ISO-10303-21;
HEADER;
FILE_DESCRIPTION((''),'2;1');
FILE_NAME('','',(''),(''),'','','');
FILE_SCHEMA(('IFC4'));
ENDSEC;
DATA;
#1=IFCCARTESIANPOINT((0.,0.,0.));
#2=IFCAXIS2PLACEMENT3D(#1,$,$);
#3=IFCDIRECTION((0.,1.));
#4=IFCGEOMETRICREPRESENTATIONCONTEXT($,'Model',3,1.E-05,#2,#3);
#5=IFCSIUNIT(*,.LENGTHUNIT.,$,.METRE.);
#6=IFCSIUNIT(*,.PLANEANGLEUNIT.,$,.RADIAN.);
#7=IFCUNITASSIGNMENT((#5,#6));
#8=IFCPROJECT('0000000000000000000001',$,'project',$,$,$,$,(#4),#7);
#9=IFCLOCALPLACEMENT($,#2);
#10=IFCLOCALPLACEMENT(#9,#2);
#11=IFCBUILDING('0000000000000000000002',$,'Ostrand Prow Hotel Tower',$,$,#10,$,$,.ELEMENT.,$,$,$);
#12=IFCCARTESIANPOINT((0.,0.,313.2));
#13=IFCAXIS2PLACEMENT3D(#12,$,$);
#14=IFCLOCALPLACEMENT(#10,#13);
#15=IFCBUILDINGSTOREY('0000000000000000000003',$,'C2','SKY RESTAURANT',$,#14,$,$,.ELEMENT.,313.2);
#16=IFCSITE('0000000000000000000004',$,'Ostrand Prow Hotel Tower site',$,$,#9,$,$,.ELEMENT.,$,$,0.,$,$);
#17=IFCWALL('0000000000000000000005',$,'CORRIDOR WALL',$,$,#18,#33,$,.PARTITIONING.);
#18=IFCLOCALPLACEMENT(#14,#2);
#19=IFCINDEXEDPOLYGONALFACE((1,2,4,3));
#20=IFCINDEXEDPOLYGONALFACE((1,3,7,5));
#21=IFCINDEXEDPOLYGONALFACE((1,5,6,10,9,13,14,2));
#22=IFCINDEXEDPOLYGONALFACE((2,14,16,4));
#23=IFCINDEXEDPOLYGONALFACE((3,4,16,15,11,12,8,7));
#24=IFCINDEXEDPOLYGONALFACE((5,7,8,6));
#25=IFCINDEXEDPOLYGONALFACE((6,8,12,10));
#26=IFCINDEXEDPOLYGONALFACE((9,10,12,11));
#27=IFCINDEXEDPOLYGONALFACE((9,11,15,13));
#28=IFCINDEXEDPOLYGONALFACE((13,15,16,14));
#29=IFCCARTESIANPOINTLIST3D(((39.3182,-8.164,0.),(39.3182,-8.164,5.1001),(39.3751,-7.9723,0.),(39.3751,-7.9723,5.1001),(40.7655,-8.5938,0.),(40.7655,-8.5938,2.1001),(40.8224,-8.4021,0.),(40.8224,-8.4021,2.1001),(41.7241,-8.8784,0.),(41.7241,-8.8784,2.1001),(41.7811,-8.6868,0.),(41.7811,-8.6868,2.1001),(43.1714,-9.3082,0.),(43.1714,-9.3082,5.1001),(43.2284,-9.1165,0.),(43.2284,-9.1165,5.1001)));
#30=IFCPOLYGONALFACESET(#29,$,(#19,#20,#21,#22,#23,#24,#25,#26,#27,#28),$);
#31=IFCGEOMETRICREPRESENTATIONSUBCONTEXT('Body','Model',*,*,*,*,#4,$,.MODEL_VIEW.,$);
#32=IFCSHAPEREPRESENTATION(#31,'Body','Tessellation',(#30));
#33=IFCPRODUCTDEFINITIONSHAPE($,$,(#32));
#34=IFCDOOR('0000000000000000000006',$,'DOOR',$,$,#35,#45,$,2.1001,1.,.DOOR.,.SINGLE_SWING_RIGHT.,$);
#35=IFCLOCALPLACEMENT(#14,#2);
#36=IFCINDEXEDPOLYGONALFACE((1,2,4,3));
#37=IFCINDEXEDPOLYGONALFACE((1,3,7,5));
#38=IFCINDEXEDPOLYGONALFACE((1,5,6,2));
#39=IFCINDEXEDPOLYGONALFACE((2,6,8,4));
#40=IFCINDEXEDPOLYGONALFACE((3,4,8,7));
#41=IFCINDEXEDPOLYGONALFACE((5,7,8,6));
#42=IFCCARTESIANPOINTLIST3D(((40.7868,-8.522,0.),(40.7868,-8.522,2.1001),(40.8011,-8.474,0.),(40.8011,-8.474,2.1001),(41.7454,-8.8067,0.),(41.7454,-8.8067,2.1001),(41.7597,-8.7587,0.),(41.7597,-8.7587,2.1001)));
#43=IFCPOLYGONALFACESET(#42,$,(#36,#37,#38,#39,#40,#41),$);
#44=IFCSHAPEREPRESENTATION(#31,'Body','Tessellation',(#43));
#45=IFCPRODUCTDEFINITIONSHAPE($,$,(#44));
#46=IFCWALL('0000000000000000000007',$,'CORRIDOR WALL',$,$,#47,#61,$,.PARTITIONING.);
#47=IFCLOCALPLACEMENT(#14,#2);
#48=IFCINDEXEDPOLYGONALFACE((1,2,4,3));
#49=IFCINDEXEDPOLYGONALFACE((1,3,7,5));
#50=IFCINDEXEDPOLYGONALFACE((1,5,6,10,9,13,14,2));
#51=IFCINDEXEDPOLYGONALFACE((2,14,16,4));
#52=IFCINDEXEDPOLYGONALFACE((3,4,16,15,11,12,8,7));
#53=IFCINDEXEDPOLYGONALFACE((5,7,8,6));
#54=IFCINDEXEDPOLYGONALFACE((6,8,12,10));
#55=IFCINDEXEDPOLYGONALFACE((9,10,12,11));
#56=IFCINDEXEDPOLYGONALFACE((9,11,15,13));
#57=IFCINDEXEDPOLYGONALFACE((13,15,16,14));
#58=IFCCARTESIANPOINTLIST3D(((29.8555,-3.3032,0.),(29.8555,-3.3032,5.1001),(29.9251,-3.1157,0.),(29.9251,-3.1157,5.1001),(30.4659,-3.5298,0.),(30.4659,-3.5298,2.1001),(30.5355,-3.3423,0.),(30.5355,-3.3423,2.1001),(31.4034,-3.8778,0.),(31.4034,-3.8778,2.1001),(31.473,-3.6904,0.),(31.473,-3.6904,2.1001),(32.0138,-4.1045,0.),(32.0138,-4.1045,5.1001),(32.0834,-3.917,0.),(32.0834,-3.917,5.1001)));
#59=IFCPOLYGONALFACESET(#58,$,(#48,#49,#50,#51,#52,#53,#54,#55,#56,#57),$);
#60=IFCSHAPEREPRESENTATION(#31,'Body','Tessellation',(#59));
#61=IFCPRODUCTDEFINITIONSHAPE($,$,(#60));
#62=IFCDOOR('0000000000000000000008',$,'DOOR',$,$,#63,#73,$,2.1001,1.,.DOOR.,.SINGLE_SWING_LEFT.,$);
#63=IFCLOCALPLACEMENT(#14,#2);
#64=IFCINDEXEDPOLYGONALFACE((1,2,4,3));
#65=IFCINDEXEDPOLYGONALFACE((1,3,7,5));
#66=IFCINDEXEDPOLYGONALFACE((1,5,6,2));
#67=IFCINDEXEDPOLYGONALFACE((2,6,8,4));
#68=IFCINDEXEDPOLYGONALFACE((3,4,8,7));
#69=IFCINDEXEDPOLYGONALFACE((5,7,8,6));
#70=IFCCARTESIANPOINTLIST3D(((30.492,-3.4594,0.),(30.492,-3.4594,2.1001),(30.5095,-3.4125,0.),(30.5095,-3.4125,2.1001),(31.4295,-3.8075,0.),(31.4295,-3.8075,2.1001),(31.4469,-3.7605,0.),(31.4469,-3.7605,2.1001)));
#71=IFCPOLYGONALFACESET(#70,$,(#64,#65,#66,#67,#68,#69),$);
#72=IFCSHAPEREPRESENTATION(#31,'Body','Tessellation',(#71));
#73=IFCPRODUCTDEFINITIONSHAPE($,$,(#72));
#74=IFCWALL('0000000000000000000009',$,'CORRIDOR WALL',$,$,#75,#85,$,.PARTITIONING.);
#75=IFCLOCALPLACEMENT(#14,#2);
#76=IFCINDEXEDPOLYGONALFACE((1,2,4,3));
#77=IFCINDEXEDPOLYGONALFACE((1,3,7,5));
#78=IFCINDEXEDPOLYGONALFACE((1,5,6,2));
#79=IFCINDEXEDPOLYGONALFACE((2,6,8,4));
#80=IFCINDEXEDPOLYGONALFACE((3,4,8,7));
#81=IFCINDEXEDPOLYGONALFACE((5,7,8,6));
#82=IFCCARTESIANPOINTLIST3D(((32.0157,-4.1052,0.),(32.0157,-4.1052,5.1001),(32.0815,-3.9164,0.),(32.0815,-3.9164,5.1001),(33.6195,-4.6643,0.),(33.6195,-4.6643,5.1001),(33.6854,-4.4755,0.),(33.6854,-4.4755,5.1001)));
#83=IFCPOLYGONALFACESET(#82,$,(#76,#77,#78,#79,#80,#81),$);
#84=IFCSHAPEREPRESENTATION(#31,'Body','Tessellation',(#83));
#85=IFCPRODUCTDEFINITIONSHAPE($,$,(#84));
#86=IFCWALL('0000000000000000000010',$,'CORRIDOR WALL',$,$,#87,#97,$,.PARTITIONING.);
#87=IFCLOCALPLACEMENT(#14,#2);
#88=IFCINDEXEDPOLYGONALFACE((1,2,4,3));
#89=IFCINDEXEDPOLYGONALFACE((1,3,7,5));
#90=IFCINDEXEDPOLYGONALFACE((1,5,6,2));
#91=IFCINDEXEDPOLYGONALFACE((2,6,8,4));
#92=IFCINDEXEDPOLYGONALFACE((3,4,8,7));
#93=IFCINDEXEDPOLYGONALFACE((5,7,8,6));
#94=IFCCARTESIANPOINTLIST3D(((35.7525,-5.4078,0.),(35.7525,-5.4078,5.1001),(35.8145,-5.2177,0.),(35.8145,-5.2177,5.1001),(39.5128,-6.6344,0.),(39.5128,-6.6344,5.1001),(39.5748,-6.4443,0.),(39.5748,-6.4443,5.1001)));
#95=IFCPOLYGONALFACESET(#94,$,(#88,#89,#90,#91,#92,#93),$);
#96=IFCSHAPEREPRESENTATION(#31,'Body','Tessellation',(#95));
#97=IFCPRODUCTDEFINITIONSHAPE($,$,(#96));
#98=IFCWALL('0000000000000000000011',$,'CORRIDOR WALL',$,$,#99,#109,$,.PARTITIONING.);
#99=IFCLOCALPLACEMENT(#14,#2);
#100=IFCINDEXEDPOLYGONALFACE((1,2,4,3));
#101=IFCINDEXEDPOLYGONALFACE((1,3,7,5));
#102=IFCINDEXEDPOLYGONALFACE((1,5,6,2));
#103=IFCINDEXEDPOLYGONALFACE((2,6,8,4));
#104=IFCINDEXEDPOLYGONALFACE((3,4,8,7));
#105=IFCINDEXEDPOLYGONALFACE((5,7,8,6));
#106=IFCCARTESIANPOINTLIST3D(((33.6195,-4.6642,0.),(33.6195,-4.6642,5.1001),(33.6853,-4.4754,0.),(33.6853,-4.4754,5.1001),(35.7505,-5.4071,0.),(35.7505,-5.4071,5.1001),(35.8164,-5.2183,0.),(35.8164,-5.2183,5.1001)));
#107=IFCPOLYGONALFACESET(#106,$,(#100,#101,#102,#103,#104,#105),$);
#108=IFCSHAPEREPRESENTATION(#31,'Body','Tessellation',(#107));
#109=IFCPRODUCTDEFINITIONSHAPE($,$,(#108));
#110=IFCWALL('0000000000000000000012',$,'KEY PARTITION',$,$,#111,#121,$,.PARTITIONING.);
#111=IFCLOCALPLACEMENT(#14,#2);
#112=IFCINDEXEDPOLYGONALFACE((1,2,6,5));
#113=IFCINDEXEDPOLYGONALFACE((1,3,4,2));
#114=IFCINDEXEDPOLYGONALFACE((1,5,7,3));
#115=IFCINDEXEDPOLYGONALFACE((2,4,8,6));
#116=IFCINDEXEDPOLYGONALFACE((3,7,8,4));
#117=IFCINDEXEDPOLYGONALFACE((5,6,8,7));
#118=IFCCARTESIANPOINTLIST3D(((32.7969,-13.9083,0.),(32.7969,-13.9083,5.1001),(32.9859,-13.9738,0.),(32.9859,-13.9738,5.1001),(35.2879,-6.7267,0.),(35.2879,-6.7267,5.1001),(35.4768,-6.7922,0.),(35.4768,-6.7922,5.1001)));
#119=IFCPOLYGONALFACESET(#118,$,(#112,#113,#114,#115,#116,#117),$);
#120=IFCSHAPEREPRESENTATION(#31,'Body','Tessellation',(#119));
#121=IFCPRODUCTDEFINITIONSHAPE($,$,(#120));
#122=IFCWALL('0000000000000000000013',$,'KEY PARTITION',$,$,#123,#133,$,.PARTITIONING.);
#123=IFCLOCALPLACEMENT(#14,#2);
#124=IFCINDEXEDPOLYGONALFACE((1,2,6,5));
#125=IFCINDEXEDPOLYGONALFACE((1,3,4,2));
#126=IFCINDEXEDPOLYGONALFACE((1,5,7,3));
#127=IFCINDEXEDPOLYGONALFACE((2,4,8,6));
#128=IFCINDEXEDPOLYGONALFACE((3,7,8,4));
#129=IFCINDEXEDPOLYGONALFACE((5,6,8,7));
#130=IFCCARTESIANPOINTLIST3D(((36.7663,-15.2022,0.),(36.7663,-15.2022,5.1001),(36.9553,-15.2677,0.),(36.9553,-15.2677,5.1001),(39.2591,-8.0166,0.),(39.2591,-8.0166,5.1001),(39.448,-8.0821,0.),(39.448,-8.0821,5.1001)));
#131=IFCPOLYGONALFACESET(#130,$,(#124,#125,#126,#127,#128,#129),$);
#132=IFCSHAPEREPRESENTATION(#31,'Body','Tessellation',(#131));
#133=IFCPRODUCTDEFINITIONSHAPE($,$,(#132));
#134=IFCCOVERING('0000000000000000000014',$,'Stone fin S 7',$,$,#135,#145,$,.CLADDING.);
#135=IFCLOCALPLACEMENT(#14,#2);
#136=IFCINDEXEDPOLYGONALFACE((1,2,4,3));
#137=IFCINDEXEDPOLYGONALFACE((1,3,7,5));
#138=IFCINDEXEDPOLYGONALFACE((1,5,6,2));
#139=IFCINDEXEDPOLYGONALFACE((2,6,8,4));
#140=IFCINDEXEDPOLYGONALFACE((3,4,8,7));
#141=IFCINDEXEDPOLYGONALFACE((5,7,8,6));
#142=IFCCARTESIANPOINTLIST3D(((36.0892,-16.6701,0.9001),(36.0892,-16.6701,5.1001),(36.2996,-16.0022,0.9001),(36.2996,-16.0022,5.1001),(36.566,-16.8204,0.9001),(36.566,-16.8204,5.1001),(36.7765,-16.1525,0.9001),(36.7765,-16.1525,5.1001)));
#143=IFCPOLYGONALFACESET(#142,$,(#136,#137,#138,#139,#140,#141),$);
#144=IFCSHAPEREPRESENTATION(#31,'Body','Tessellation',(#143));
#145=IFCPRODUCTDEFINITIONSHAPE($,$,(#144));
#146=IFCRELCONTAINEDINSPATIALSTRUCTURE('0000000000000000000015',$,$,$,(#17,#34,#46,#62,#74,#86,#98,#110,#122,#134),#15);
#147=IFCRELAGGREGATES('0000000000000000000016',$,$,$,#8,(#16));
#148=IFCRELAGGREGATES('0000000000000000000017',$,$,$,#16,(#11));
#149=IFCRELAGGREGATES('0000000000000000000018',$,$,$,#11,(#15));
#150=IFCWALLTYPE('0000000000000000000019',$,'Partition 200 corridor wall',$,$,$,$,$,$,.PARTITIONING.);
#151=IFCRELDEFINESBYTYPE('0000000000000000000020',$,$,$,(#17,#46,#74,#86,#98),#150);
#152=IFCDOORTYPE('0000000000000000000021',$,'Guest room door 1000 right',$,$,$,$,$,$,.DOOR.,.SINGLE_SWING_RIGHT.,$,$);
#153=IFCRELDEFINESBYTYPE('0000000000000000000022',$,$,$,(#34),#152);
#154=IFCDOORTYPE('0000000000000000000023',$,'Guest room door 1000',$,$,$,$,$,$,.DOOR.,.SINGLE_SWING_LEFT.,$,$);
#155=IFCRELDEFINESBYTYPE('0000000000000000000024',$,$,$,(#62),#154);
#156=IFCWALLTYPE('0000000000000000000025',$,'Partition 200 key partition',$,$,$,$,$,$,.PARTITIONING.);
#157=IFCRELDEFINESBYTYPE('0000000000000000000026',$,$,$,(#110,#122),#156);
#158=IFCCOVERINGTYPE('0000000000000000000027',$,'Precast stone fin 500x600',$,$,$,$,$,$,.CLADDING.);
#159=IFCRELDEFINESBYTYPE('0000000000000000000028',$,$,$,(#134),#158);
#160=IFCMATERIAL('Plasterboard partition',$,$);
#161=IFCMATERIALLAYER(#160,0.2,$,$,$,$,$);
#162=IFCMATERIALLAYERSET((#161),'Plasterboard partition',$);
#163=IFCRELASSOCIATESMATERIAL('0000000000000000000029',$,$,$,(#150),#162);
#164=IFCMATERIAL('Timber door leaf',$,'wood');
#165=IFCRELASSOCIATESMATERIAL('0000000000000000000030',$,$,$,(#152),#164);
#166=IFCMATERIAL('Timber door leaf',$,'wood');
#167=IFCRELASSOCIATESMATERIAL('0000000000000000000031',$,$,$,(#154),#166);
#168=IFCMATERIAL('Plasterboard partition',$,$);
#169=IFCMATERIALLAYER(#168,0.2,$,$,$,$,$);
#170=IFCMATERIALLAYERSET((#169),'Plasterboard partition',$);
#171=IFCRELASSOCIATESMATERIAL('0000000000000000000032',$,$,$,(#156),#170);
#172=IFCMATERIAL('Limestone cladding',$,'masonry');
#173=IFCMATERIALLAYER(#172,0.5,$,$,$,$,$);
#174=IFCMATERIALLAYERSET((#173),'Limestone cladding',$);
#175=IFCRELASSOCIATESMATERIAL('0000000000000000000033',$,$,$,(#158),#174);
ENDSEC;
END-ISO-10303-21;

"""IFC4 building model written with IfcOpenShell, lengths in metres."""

from ifc_helpers import new_model, si_unit, direction, frame, frame_2d, origin, place, context, subcontext, project, spatial, rectangle, extrude, material, layer, layer_set, type_object, element, fill, save


model = new_model("IFC4")

# Units and contexts
model_context = context("Model", 3, precision=1e-05, world=origin(), true_north=direction((0.0, 1.0)))
body_context = subcontext(model_context, "Body", "Model", "MODEL_VIEW")
ifc_project = project(units=[si_unit("LENGTHUNIT", "METRE"), si_unit("PLANEANGLEUNIT", "RADIAN")], contexts=[model_context])

# Site, building, storey
site_placement = place(None, origin())
site = spatial("IfcSite", under=ifc_project, at=site_placement, Name="Ostrand Prow Hotel Tower site", CompositionType="ELEMENT", RefElevation=0.0)
building_placement = place(site_placement, origin())
building = spatial("IfcBuilding", under=site, at=building_placement, Name="Ostrand Prow Hotel Tower", CompositionType="ELEMENT")
storey_placement = place(building_placement, frame((0.0, 0.0, 313.2)))
storey = spatial("IfcBuildingStorey", under=building, at=storey_placement, Name="C2", Description="SKY RESTAURANT", CompositionType="ELEMENT", Elevation=313.2)

# Walls, openings, doors
ifc_material_1 = material(Name="Plasterboard partition")
ifc_layer_1 = layer(ifc_material_1, 0.2)
ifc_layer_set_1 = layer_set([ifc_layer_1], Name="Plasterboard partition")
wall_type_1 = type_object("IfcWallType", Name="Partition 200 corridor wall", PredefinedType="PARTITIONING", material=ifc_layer_set_1)
wall_1_placement = place(storey_placement, frame((39.3467, -8.0681, 0.0), z_axis=(0.0, 0.0, 1.0), x_axis=(0.958623, -0.284678, 0.0)))
wall_1 = element("IfcWall", 1, at=wall_1_placement, inside=storey, type_object=wall_type_1, Name="CORRIDOR WALL", PredefinedType="PARTITIONING", context=body_context, shape_type="SweptSolid", body=[
    extrude(rectangle(XDim=4.0195, YDim=0.2, at=frame_2d((2.0098, 0.0))), origin(), (0.0, 0.0, 1.0), 5.1001),
])
opening_1_placement = place(wall_1_placement, frame((1.5098, 0.0, 0.0)))
opening_1 = element("IfcOpeningElement", 2, at=opening_1_placement, cuts=wall_1, PredefinedType="OPENING", context=body_context, shape_type="SweptSolid", body=[
    extrude(rectangle(XDim=1.0, YDim=2.1001, at=frame_2d((0.5, 1.05))), frame((0.0, 0.1099, 0.0), z_axis=(0.0, -1.0, 0.0), x_axis=(1.0, 0.0, 0.0)), (0.0, 0.0, 1.0), 0.22),
])
ifc_material_2 = material(Name="Timber door leaf", Category="wood")
door_type_1 = type_object("IfcDoorType", Name="Guest room door 1000 right", OperationType="SINGLE_SWING_RIGHT", PredefinedType="DOOR", material=ifc_material_2)
door_1_placement = place(opening_1_placement, origin())
door_1 = element("IfcDoor", 3, at=door_1_placement, inside=storey, type_object=door_type_1, Name="DOOR", OperationType="SINGLE_SWING_RIGHT", OverallHeight=2.1001, OverallWidth=1.0, PredefinedType="DOOR", context=body_context, shape_type="SweptSolid", body=[
    extrude(rectangle(XDim=1.0, YDim=2.1001, at=frame_2d((0.5, 1.05))), frame((0.0, 0.0249, 0.0), z_axis=(0.0, -1.0, 0.0), x_axis=(1.0, 0.0, 0.0)), (0.0, 0.0, 1.0), 0.05),
])
fill(opening_1, door_1)
wall_2_placement = place(storey_placement, frame((32.0486, -4.0107, 0.0), z_axis=(0.0, 0.0, 1.0), x_axis=(-0.937475, 0.348053, 0.0)))
wall_2 = element("IfcWall", 4, at=wall_2_placement, inside=storey, type_object=wall_type_1, Name="CORRIDOR WALL", PredefinedType="PARTITIONING", context=body_context, shape_type="SweptSolid", body=[
    extrude(rectangle(XDim=2.3022, YDim=0.2, at=frame_2d((1.1511, 0.0))), origin(), (0.0, 0.0, 1.0), 5.1001),
])
opening_2_placement = place(wall_2_placement, frame((0.6511, 0.0, 0.0)))
opening_2 = element("IfcOpeningElement", 5, at=opening_2_placement, cuts=wall_2, PredefinedType="OPENING", context=body_context, shape_type="SweptSolid", body=[
    extrude(rectangle(XDim=1.0, YDim=2.1001, at=frame_2d((0.5, 1.05))), frame((0.0, 0.1099, 0.0), z_axis=(0.0, -1.0, 0.0), x_axis=(1.0, 0.0, 0.0)), (0.0, 0.0, 1.0), 0.22),
])
ifc_material_3 = material(Name="Timber door leaf", Category="wood")
door_type_2 = type_object("IfcDoorType", Name="Guest room door 1000", OperationType="SINGLE_SWING_LEFT", PredefinedType="DOOR", material=ifc_material_3)
door_2_placement = place(opening_2_placement, origin())
door_2 = element("IfcDoor", 6, at=door_2_placement, inside=storey, type_object=door_type_2, Name="DOOR", OperationType="SINGLE_SWING_LEFT", OverallHeight=2.1001, OverallWidth=1.0, PredefinedType="DOOR", context=body_context, shape_type="SweptSolid", body=[
    extrude(rectangle(XDim=1.0, YDim=2.1001, at=frame_2d((0.5, 1.05))), frame((0.0, 0.0249, 0.0), z_axis=(0.0, -1.0, 0.0), x_axis=(1.0, 0.0, 0.0)), (0.0, 0.0, 1.0), 0.05),
])
fill(opening_2, door_2)

# Walls
wall_3_placement = place(storey_placement, frame((33.6523, -4.5698, 0.0), z_axis=(0.0, 0.0, 1.0), x_axis=(-0.944268, 0.329178, 0.0)))
element("IfcWall", 7, at=wall_3_placement, inside=storey, type_object=wall_type_1, Name="CORRIDOR WALL", PredefinedType="PARTITIONING", context=body_context, shape_type="SweptSolid", body=[
    extrude(rectangle(XDim=1.6985, YDim=0.2, at=frame_2d((0.8491, 0.0))), origin(), (0.0, 0.0, 1.0), 5.1001),
])
wall_4_placement = place(storey_placement, frame((39.5437, -6.5393, 0.0), z_axis=(0.0, 0.0, 1.0), x_axis=(-0.950701, 0.31011, 0.0)))
element("IfcWall", 8, at=wall_4_placement, inside=storey, type_object=wall_type_1, Name="CORRIDOR WALL", PredefinedType="PARTITIONING", context=body_context, shape_type="SweptSolid", body=[
    extrude(rectangle(XDim=3.9553, YDim=0.2, at=frame_2d((1.9775, 0.0))), origin(), (0.0, 0.0, 1.0), 5.1001),
])
wall_5_placement = place(storey_placement, frame((35.7834, -5.3127, 0.0), z_axis=(0.0, 0.0, 1.0), x_axis=(-0.944267, 0.329179, 0.0)))
element("IfcWall", 9, at=wall_5_placement, inside=storey, type_object=wall_type_1, Name="CORRIDOR WALL", PredefinedType="PARTITIONING", context=body_context, shape_type="SweptSolid", body=[
    extrude(rectangle(XDim=2.2568, YDim=0.2, at=frame_2d((1.1284, 0.0))), origin(), (0.0, 0.0, 1.0), 5.1001),
])
ifc_material_4 = material(Name="Plasterboard partition")
ifc_layer_2 = layer(ifc_material_4, 0.2)
ifc_layer_set_2 = layer_set([ifc_layer_2], Name="Plasterboard partition")
wall_type_2 = type_object("IfcWallType", Name="Partition 200 key partition", PredefinedType="PARTITIONING", material=ifc_layer_set_2)
wall_6_placement = place(storey_placement, frame((32.8914, -13.9412, 0.0), z_axis=(0.0, 0.0, 1.0), x_axis=(0.3277, 0.944782, 0.0)))
element("IfcWall", 10, at=wall_6_placement, inside=storey, type_object=wall_type_2, Name="KEY PARTITION", PredefinedType="PARTITIONING", context=body_context, shape_type="SweptSolid", body=[
    extrude(rectangle(XDim=7.6013, YDim=0.2, at=frame_2d((3.8008, 0.0))), origin(), (0.0, 0.0, 1.0), 5.1001),
])
wall_7_placement = place(storey_placement, frame((36.8608, -15.2349, 0.0), z_axis=(0.0, 0.0, 1.0), x_axis=(0.327741, 0.944768, 0.0)))
element("IfcWall", 11, at=wall_7_placement, inside=storey, type_object=wall_type_2, Name="KEY PARTITION", PredefinedType="PARTITIONING", context=body_context, shape_type="SweptSolid", body=[
    extrude(rectangle(XDim=7.6057, YDim=0.2, at=frame_2d((3.8027, 0.0))), origin(), (0.0, 0.0, 1.0), 5.1001),
])

# Covering
ifc_material_5 = material(Name="Limestone cladding", Category="masonry")
ifc_layer_3 = layer(ifc_material_5, 0.5)
ifc_layer_set_3 = layer_set([ifc_layer_3], Name="Limestone cladding")
covering_type = type_object("IfcCoveringType", Name="Precast stone fin 500x600", PredefinedType="CLADDING", material=ifc_layer_set_3)
covering_placement = place(storey_placement, frame((36.5381, -16.0774, 0.9001), z_axis=(0.0, 0.0, 1.0), x_axis=(-0.300597, -0.953751, 0.0)))
element("IfcCovering", 12, at=covering_placement, inside=storey, type_object=covering_type, Name="Stone fin S 7", PredefinedType="CLADDING", context=body_context, shape_type="SweptSolid", body=[
    extrude(rectangle(XDim=0.7002, YDim=0.5, at=frame_2d((0.3501, 0.0))), origin(), (0.0, 0.0, 1.0), 4.2),
])

save(model, "model.ifc")
